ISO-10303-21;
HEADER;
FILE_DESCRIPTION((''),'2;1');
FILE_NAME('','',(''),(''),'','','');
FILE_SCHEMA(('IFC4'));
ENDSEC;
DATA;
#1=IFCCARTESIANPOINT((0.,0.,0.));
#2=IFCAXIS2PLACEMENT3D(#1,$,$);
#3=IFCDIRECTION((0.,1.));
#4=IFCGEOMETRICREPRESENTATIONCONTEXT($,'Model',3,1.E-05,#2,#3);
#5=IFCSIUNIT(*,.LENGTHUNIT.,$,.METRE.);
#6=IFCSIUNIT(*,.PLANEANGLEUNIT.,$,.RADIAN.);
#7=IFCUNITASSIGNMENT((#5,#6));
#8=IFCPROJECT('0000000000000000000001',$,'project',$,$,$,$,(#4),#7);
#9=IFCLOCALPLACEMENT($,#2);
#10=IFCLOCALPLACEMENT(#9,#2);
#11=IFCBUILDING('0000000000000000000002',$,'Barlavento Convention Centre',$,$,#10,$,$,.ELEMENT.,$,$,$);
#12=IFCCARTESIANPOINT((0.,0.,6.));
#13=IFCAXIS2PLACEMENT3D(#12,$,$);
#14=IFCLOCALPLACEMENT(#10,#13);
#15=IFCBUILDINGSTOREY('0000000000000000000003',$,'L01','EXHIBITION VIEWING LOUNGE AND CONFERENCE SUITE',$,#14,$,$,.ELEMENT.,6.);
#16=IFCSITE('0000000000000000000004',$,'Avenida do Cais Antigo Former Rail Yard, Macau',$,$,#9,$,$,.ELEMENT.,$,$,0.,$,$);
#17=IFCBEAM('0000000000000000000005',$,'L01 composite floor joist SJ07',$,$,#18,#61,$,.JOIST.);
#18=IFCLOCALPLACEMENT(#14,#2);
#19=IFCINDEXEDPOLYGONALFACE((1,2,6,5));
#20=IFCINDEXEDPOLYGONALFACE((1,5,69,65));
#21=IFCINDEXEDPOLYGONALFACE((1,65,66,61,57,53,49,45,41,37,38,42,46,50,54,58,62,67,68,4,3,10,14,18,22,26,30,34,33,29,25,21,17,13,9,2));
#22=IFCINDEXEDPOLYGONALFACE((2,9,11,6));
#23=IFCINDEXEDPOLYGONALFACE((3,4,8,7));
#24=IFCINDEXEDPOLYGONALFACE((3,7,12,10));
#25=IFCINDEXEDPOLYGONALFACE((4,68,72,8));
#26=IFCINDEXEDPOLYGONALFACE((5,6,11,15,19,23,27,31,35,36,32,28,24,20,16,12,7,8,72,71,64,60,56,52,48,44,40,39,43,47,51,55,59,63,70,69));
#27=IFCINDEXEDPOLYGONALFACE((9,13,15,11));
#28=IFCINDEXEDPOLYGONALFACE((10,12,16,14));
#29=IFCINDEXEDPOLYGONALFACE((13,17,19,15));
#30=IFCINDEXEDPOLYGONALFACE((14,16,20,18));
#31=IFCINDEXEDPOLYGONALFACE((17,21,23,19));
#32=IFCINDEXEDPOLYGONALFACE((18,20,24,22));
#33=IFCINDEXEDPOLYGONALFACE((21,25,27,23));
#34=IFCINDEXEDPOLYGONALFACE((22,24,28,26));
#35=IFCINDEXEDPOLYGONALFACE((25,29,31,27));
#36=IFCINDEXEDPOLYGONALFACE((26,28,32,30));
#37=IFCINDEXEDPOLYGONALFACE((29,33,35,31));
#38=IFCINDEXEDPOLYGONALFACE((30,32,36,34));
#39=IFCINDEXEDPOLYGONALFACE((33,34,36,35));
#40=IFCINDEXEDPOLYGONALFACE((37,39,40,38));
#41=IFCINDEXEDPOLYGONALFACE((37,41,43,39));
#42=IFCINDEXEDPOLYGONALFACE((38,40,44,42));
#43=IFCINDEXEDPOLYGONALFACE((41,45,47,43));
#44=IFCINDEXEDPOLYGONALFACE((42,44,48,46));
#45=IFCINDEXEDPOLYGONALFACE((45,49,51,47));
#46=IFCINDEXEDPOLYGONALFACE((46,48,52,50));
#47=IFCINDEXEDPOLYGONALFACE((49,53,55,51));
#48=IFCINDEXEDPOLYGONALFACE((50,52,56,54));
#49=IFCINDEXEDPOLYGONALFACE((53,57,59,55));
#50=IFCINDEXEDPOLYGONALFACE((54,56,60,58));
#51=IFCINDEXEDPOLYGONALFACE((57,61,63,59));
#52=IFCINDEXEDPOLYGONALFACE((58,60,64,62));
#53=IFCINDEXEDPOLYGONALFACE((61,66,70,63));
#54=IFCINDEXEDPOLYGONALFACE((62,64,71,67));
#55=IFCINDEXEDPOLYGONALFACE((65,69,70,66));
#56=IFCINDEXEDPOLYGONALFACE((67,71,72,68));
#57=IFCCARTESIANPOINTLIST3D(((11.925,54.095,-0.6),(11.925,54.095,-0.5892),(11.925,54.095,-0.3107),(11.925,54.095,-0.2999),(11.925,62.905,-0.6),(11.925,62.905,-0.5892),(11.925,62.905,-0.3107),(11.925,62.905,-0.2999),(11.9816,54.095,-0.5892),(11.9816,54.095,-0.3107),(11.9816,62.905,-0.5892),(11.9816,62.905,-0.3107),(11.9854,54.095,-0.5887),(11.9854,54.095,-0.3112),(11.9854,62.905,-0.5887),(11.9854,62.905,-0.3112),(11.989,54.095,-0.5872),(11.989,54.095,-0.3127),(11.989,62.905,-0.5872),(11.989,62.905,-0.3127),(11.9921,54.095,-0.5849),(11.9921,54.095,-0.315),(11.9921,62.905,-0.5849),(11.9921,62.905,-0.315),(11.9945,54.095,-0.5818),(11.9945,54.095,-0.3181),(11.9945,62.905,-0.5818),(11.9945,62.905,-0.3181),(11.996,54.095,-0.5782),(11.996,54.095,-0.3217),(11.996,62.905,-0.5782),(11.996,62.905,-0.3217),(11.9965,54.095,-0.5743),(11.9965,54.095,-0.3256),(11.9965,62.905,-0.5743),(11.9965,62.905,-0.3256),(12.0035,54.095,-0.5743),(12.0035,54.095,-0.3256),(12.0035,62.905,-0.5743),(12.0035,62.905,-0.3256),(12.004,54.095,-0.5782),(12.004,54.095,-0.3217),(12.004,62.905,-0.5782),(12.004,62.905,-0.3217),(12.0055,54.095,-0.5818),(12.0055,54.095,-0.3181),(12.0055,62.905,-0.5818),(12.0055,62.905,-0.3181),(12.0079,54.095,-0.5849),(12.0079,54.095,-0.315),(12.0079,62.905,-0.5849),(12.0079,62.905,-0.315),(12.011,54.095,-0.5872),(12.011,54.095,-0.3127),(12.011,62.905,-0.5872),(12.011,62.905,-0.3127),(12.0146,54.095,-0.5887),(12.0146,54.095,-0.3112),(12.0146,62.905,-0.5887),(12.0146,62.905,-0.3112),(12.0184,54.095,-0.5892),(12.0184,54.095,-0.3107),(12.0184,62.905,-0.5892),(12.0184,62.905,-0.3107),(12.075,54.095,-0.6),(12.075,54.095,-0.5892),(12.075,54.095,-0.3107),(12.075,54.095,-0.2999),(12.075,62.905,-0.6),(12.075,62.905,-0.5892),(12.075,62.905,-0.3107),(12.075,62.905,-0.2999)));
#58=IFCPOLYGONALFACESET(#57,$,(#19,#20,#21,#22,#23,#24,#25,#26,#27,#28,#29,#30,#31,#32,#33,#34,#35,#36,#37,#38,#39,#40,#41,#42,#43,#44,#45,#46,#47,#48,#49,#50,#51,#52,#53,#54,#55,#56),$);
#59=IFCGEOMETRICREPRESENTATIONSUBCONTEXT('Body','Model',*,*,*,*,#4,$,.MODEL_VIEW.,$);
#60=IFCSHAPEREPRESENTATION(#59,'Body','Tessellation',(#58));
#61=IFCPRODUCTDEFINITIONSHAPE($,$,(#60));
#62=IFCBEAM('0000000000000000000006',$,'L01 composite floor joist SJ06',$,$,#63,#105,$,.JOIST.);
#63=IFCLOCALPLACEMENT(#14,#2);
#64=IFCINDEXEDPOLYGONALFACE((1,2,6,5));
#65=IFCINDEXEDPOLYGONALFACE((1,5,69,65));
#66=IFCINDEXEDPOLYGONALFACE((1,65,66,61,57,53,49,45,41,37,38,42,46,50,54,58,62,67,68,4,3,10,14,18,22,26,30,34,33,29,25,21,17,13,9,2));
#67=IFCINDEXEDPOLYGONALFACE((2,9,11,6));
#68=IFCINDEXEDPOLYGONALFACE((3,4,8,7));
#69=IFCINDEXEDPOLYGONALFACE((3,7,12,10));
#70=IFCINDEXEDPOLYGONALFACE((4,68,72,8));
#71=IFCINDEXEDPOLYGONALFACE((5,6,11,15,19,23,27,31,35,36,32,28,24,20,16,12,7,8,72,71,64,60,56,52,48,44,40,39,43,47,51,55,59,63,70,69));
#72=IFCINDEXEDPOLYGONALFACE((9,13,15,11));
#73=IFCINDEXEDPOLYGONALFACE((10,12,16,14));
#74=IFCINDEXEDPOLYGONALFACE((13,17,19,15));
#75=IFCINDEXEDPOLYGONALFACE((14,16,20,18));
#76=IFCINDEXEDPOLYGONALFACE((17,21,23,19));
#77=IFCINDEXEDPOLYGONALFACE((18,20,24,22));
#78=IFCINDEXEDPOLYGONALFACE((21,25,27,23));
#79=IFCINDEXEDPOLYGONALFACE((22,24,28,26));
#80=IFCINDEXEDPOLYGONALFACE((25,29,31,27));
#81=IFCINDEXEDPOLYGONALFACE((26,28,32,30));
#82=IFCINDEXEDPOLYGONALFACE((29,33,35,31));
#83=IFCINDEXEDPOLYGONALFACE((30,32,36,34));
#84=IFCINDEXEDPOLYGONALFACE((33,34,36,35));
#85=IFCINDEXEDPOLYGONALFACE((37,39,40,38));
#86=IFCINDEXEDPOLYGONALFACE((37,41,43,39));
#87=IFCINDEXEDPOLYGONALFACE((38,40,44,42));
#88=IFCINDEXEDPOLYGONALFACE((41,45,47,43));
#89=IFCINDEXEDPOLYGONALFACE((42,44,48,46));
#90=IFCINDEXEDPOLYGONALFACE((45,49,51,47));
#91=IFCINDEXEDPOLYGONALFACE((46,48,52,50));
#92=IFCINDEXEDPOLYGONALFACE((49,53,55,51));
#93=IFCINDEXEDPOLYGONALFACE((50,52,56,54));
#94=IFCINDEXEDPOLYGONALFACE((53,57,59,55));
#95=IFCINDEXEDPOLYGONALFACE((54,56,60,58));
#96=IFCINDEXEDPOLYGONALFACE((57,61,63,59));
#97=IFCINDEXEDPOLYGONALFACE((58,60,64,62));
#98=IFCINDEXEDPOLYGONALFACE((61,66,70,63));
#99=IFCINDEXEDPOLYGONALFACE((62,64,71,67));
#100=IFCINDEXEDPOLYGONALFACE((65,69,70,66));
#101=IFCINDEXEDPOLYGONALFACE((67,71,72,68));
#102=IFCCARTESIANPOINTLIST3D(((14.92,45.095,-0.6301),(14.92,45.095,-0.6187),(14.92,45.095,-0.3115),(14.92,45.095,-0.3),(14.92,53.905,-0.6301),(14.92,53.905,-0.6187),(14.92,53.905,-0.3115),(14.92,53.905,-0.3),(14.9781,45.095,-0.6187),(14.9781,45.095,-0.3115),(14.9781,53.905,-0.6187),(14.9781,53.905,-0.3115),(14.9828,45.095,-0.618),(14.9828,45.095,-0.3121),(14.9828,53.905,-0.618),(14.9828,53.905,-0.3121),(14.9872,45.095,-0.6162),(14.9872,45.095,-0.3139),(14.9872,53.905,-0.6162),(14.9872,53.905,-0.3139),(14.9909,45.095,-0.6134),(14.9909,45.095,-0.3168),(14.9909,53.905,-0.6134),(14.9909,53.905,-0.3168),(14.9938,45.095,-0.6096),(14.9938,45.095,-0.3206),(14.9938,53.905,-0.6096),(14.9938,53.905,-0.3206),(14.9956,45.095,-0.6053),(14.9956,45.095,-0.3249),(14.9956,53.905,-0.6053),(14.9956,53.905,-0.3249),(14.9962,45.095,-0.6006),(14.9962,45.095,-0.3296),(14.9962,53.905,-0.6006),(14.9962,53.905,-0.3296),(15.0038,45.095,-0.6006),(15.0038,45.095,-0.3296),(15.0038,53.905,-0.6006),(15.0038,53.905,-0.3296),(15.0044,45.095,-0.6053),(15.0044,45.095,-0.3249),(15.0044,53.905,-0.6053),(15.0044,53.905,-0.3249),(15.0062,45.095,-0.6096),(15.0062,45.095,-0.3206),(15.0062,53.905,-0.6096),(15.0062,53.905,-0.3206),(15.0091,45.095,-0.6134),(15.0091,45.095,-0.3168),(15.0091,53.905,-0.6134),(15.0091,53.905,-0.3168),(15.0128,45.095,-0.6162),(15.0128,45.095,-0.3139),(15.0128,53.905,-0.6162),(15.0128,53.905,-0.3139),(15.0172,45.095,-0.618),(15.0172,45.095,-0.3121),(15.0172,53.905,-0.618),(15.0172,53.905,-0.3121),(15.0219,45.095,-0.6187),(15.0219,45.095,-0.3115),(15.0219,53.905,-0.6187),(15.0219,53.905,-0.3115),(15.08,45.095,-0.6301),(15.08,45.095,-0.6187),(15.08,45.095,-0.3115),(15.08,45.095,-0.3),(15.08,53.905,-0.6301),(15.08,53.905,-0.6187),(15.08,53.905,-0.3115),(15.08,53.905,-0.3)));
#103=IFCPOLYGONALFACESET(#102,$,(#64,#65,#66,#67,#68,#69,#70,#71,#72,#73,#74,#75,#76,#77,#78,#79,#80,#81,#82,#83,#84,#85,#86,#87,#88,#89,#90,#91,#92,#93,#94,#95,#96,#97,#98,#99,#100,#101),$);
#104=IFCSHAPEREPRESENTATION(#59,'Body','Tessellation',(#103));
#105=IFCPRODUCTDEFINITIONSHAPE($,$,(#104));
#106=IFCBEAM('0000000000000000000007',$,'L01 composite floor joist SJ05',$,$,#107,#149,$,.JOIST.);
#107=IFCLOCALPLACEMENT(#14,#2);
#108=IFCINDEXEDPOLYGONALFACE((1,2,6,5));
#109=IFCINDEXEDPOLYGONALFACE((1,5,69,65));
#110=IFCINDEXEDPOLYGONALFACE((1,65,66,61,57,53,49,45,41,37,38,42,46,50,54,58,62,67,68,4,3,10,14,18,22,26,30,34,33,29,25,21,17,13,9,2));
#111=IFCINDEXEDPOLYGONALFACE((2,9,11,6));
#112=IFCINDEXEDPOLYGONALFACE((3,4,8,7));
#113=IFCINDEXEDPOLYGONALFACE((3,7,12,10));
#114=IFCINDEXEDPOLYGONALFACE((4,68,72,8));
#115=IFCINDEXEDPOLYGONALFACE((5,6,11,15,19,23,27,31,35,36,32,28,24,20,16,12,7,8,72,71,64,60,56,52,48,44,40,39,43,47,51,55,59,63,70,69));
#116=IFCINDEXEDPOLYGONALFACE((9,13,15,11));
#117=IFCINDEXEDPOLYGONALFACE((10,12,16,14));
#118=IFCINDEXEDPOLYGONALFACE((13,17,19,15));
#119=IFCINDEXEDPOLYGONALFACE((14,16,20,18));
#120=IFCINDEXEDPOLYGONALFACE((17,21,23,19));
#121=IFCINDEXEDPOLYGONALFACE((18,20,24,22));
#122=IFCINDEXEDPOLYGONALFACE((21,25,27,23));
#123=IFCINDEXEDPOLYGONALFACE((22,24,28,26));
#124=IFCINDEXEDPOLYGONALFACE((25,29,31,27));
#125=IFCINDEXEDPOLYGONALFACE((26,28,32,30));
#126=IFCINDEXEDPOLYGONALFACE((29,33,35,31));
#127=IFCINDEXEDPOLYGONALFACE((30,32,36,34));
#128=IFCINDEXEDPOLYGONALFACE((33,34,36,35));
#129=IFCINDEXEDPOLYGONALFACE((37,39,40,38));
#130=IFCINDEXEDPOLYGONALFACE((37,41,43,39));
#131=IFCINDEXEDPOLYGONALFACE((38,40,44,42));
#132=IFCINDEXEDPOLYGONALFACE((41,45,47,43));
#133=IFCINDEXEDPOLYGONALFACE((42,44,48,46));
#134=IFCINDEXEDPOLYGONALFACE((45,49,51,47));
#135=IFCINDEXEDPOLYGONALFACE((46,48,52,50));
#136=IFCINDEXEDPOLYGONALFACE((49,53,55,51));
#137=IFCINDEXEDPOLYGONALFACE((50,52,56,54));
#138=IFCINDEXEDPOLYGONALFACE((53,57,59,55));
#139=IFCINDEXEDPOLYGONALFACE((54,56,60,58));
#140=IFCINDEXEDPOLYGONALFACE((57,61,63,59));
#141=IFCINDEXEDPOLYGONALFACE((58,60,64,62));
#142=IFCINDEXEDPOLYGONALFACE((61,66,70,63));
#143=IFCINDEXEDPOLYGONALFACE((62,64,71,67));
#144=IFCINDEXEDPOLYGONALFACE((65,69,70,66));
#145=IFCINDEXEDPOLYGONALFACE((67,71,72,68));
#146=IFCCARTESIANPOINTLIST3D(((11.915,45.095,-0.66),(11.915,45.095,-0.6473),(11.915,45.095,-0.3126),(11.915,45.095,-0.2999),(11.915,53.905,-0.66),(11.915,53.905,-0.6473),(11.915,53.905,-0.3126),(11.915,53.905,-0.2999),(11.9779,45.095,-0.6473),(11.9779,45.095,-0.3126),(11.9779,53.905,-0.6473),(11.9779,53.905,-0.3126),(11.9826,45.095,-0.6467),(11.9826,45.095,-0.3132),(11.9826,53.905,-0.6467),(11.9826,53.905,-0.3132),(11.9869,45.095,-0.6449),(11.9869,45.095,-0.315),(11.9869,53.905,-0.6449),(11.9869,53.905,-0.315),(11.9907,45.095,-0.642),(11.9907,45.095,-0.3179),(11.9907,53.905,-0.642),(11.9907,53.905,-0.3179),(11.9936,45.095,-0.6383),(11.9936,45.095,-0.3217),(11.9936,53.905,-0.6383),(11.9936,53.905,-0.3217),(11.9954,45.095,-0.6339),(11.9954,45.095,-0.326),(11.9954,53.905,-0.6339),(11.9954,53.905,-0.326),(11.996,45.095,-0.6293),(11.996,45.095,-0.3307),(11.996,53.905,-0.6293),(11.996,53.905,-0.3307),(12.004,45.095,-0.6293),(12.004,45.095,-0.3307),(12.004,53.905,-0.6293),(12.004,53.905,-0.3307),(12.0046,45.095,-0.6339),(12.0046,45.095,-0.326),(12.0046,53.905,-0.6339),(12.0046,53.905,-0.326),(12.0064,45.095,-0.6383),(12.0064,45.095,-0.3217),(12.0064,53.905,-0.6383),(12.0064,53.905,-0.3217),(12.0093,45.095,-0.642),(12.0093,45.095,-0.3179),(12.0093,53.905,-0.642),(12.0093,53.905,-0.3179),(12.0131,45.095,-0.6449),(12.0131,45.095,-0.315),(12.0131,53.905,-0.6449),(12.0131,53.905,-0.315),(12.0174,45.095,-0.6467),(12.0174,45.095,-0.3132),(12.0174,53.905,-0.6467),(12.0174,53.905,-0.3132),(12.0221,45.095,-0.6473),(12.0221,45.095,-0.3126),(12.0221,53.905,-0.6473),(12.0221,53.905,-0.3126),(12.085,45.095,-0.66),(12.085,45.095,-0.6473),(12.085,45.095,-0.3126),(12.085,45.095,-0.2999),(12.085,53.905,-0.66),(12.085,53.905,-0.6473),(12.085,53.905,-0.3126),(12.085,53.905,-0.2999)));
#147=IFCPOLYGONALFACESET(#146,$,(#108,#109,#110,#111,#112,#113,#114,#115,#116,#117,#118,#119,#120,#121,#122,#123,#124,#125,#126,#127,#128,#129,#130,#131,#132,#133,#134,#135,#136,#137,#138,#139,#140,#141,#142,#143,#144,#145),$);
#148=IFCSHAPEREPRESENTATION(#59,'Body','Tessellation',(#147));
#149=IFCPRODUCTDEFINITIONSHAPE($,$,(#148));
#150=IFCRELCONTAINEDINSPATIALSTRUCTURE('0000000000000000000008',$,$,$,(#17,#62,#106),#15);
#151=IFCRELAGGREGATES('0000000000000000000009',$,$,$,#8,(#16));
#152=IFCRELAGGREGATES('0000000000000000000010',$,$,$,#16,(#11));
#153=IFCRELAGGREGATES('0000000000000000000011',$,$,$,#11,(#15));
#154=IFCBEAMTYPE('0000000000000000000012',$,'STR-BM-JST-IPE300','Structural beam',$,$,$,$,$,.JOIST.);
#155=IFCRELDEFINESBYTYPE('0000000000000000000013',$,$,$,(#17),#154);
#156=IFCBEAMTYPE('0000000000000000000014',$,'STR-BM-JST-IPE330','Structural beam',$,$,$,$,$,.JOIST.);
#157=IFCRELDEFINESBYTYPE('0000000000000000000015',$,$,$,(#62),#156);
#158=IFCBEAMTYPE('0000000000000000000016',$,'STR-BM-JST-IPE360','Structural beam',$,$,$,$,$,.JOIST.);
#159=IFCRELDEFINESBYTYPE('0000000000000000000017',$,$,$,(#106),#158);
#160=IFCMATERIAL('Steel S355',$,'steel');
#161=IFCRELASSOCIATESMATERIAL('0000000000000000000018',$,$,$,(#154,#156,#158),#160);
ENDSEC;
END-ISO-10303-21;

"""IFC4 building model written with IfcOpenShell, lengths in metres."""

from ifc_helpers import new_model, si_unit, direction, frame, origin, origin_2d, place, context, subcontext, project, spatial, i_section, extrude, material, material_profile, profile_set, type_object, element, save


model = new_model("IFC4")

# Units and contexts
model_context = context("Model", 3, precision=1e-05, world=origin(), true_north=direction((0.0, 1.0)))
body_context = subcontext(model_context, "Body", "Model", "MODEL_VIEW")
ifc_project = project(units=[si_unit("LENGTHUNIT", "METRE"), si_unit("PLANEANGLEUNIT", "RADIAN")], contexts=[model_context])

# Site, building, storey
site_placement = place(None, origin())
site = spatial("IfcSite", under=ifc_project, at=site_placement, Name="Avenida do Cais Antigo Former Rail Yard, Macau", CompositionType="ELEMENT", RefElevation=0.0)
building_placement = place(site_placement, origin())
building = spatial("IfcBuilding", under=site, at=building_placement, Name="Barlavento Convention Centre", CompositionType="ELEMENT")
storey_placement = place(building_placement, frame((0.0, 0.0, 6.0)))
storey = spatial("IfcBuildingStorey", under=building, at=storey_placement, Name="L01", Description="EXHIBITION VIEWING LOUNGE AND CONFERENCE SUITE", CompositionType="ELEMENT", Elevation=6.0)

# Shared definitions
ifc_material_1 = material(Name="Steel S355", Category="steel")

# Beams
ifc_material_profile_1 = material_profile(ifc_material_1, i_section(OverallWidth=0.1499, OverallDepth=0.3, WebThickness=0.0071, FlangeThickness=0.0107, FilletRadius=0.0149, at=origin_2d()), Name="IPE 300")
ifc_profile_set_1 = profile_set([ifc_material_profile_1], Name="Steel S355")
beam_type_1 = type_object("IfcBeamType", Name="STR-BM-JST-IPE300", Description="Structural beam", PredefinedType="JOIST", material=ifc_profile_set_1)
beam_1_placement = place(storey_placement, frame((12.0, 54.095, -0.45), z_axis=(0.0, 1.0, 0.0), x_axis=(-1.0, 0.0, 0.0)))
element("IfcBeam", 1, at=beam_1_placement, inside=storey, type_object=beam_type_1, Name="L01 composite floor joist SJ07", PredefinedType="JOIST", context=body_context, shape_type="SweptSolid", body=[
    extrude(i_section(OverallWidth=0.1499, OverallDepth=0.3, WebThickness=0.0071, FlangeThickness=0.0107, FilletRadius=0.0149, at=origin_2d()), origin(), (0.0, 0.0, 1.0), 8.8101),
])
ifc_material_profile_2 = material_profile(ifc_material_1, i_section(OverallWidth=0.1599, OverallDepth=0.3301, WebThickness=0.0076, FlangeThickness=0.0115, FilletRadius=0.0181, at=origin_2d()), Name="IPE 330")
ifc_profile_set_2 = profile_set([ifc_material_profile_2], Name="Steel S355")
beam_type_2 = type_object("IfcBeamType", Name="STR-BM-JST-IPE330", Description="Structural beam", PredefinedType="JOIST", material=ifc_profile_set_2)
beam_2_placement = place(storey_placement, frame((15.0, 45.095, -0.4651), z_axis=(0.0, 1.0, 0.0), x_axis=(-1.0, 0.0, 0.0)))
element("IfcBeam", 2, at=beam_2_placement, inside=storey, type_object=beam_type_2, Name="L01 composite floor joist SJ06", PredefinedType="JOIST", context=body_context, shape_type="SweptSolid", body=[
    extrude(i_section(OverallWidth=0.1599, OverallDepth=0.3301, WebThickness=0.0076, FlangeThickness=0.0115, FilletRadius=0.0181, at=origin_2d()), origin(), (0.0, 0.0, 1.0), 8.8101),
])
ifc_material_profile_3 = material_profile(ifc_material_1, i_section(OverallWidth=0.1699, OverallDepth=0.3601, WebThickness=0.0081, FlangeThickness=0.0127, FilletRadius=0.0181, at=origin_2d()), Name="IPE 360")
ifc_profile_set_3 = profile_set([ifc_material_profile_3], Name="Steel S355")
beam_type_3 = type_object("IfcBeamType", Name="STR-BM-JST-IPE360", Description="Structural beam", PredefinedType="JOIST", material=ifc_profile_set_3)
beam_3_placement = place(storey_placement, frame((12.0, 45.095, -0.48), z_axis=(0.0, 1.0, 0.0), x_axis=(-1.0, 0.0, 0.0)))
element("IfcBeam", 3, at=beam_3_placement, inside=storey, type_object=beam_type_3, Name="L01 composite floor joist SJ05", PredefinedType="JOIST", context=body_context, shape_type="SweptSolid", body=[
    extrude(i_section(OverallWidth=0.1699, OverallDepth=0.3601, WebThickness=0.0081, FlangeThickness=0.0127, FilletRadius=0.0181, at=origin_2d()), origin(), (0.0, 0.0, 1.0), 8.8101),
])

save(model, "model.ifc")
